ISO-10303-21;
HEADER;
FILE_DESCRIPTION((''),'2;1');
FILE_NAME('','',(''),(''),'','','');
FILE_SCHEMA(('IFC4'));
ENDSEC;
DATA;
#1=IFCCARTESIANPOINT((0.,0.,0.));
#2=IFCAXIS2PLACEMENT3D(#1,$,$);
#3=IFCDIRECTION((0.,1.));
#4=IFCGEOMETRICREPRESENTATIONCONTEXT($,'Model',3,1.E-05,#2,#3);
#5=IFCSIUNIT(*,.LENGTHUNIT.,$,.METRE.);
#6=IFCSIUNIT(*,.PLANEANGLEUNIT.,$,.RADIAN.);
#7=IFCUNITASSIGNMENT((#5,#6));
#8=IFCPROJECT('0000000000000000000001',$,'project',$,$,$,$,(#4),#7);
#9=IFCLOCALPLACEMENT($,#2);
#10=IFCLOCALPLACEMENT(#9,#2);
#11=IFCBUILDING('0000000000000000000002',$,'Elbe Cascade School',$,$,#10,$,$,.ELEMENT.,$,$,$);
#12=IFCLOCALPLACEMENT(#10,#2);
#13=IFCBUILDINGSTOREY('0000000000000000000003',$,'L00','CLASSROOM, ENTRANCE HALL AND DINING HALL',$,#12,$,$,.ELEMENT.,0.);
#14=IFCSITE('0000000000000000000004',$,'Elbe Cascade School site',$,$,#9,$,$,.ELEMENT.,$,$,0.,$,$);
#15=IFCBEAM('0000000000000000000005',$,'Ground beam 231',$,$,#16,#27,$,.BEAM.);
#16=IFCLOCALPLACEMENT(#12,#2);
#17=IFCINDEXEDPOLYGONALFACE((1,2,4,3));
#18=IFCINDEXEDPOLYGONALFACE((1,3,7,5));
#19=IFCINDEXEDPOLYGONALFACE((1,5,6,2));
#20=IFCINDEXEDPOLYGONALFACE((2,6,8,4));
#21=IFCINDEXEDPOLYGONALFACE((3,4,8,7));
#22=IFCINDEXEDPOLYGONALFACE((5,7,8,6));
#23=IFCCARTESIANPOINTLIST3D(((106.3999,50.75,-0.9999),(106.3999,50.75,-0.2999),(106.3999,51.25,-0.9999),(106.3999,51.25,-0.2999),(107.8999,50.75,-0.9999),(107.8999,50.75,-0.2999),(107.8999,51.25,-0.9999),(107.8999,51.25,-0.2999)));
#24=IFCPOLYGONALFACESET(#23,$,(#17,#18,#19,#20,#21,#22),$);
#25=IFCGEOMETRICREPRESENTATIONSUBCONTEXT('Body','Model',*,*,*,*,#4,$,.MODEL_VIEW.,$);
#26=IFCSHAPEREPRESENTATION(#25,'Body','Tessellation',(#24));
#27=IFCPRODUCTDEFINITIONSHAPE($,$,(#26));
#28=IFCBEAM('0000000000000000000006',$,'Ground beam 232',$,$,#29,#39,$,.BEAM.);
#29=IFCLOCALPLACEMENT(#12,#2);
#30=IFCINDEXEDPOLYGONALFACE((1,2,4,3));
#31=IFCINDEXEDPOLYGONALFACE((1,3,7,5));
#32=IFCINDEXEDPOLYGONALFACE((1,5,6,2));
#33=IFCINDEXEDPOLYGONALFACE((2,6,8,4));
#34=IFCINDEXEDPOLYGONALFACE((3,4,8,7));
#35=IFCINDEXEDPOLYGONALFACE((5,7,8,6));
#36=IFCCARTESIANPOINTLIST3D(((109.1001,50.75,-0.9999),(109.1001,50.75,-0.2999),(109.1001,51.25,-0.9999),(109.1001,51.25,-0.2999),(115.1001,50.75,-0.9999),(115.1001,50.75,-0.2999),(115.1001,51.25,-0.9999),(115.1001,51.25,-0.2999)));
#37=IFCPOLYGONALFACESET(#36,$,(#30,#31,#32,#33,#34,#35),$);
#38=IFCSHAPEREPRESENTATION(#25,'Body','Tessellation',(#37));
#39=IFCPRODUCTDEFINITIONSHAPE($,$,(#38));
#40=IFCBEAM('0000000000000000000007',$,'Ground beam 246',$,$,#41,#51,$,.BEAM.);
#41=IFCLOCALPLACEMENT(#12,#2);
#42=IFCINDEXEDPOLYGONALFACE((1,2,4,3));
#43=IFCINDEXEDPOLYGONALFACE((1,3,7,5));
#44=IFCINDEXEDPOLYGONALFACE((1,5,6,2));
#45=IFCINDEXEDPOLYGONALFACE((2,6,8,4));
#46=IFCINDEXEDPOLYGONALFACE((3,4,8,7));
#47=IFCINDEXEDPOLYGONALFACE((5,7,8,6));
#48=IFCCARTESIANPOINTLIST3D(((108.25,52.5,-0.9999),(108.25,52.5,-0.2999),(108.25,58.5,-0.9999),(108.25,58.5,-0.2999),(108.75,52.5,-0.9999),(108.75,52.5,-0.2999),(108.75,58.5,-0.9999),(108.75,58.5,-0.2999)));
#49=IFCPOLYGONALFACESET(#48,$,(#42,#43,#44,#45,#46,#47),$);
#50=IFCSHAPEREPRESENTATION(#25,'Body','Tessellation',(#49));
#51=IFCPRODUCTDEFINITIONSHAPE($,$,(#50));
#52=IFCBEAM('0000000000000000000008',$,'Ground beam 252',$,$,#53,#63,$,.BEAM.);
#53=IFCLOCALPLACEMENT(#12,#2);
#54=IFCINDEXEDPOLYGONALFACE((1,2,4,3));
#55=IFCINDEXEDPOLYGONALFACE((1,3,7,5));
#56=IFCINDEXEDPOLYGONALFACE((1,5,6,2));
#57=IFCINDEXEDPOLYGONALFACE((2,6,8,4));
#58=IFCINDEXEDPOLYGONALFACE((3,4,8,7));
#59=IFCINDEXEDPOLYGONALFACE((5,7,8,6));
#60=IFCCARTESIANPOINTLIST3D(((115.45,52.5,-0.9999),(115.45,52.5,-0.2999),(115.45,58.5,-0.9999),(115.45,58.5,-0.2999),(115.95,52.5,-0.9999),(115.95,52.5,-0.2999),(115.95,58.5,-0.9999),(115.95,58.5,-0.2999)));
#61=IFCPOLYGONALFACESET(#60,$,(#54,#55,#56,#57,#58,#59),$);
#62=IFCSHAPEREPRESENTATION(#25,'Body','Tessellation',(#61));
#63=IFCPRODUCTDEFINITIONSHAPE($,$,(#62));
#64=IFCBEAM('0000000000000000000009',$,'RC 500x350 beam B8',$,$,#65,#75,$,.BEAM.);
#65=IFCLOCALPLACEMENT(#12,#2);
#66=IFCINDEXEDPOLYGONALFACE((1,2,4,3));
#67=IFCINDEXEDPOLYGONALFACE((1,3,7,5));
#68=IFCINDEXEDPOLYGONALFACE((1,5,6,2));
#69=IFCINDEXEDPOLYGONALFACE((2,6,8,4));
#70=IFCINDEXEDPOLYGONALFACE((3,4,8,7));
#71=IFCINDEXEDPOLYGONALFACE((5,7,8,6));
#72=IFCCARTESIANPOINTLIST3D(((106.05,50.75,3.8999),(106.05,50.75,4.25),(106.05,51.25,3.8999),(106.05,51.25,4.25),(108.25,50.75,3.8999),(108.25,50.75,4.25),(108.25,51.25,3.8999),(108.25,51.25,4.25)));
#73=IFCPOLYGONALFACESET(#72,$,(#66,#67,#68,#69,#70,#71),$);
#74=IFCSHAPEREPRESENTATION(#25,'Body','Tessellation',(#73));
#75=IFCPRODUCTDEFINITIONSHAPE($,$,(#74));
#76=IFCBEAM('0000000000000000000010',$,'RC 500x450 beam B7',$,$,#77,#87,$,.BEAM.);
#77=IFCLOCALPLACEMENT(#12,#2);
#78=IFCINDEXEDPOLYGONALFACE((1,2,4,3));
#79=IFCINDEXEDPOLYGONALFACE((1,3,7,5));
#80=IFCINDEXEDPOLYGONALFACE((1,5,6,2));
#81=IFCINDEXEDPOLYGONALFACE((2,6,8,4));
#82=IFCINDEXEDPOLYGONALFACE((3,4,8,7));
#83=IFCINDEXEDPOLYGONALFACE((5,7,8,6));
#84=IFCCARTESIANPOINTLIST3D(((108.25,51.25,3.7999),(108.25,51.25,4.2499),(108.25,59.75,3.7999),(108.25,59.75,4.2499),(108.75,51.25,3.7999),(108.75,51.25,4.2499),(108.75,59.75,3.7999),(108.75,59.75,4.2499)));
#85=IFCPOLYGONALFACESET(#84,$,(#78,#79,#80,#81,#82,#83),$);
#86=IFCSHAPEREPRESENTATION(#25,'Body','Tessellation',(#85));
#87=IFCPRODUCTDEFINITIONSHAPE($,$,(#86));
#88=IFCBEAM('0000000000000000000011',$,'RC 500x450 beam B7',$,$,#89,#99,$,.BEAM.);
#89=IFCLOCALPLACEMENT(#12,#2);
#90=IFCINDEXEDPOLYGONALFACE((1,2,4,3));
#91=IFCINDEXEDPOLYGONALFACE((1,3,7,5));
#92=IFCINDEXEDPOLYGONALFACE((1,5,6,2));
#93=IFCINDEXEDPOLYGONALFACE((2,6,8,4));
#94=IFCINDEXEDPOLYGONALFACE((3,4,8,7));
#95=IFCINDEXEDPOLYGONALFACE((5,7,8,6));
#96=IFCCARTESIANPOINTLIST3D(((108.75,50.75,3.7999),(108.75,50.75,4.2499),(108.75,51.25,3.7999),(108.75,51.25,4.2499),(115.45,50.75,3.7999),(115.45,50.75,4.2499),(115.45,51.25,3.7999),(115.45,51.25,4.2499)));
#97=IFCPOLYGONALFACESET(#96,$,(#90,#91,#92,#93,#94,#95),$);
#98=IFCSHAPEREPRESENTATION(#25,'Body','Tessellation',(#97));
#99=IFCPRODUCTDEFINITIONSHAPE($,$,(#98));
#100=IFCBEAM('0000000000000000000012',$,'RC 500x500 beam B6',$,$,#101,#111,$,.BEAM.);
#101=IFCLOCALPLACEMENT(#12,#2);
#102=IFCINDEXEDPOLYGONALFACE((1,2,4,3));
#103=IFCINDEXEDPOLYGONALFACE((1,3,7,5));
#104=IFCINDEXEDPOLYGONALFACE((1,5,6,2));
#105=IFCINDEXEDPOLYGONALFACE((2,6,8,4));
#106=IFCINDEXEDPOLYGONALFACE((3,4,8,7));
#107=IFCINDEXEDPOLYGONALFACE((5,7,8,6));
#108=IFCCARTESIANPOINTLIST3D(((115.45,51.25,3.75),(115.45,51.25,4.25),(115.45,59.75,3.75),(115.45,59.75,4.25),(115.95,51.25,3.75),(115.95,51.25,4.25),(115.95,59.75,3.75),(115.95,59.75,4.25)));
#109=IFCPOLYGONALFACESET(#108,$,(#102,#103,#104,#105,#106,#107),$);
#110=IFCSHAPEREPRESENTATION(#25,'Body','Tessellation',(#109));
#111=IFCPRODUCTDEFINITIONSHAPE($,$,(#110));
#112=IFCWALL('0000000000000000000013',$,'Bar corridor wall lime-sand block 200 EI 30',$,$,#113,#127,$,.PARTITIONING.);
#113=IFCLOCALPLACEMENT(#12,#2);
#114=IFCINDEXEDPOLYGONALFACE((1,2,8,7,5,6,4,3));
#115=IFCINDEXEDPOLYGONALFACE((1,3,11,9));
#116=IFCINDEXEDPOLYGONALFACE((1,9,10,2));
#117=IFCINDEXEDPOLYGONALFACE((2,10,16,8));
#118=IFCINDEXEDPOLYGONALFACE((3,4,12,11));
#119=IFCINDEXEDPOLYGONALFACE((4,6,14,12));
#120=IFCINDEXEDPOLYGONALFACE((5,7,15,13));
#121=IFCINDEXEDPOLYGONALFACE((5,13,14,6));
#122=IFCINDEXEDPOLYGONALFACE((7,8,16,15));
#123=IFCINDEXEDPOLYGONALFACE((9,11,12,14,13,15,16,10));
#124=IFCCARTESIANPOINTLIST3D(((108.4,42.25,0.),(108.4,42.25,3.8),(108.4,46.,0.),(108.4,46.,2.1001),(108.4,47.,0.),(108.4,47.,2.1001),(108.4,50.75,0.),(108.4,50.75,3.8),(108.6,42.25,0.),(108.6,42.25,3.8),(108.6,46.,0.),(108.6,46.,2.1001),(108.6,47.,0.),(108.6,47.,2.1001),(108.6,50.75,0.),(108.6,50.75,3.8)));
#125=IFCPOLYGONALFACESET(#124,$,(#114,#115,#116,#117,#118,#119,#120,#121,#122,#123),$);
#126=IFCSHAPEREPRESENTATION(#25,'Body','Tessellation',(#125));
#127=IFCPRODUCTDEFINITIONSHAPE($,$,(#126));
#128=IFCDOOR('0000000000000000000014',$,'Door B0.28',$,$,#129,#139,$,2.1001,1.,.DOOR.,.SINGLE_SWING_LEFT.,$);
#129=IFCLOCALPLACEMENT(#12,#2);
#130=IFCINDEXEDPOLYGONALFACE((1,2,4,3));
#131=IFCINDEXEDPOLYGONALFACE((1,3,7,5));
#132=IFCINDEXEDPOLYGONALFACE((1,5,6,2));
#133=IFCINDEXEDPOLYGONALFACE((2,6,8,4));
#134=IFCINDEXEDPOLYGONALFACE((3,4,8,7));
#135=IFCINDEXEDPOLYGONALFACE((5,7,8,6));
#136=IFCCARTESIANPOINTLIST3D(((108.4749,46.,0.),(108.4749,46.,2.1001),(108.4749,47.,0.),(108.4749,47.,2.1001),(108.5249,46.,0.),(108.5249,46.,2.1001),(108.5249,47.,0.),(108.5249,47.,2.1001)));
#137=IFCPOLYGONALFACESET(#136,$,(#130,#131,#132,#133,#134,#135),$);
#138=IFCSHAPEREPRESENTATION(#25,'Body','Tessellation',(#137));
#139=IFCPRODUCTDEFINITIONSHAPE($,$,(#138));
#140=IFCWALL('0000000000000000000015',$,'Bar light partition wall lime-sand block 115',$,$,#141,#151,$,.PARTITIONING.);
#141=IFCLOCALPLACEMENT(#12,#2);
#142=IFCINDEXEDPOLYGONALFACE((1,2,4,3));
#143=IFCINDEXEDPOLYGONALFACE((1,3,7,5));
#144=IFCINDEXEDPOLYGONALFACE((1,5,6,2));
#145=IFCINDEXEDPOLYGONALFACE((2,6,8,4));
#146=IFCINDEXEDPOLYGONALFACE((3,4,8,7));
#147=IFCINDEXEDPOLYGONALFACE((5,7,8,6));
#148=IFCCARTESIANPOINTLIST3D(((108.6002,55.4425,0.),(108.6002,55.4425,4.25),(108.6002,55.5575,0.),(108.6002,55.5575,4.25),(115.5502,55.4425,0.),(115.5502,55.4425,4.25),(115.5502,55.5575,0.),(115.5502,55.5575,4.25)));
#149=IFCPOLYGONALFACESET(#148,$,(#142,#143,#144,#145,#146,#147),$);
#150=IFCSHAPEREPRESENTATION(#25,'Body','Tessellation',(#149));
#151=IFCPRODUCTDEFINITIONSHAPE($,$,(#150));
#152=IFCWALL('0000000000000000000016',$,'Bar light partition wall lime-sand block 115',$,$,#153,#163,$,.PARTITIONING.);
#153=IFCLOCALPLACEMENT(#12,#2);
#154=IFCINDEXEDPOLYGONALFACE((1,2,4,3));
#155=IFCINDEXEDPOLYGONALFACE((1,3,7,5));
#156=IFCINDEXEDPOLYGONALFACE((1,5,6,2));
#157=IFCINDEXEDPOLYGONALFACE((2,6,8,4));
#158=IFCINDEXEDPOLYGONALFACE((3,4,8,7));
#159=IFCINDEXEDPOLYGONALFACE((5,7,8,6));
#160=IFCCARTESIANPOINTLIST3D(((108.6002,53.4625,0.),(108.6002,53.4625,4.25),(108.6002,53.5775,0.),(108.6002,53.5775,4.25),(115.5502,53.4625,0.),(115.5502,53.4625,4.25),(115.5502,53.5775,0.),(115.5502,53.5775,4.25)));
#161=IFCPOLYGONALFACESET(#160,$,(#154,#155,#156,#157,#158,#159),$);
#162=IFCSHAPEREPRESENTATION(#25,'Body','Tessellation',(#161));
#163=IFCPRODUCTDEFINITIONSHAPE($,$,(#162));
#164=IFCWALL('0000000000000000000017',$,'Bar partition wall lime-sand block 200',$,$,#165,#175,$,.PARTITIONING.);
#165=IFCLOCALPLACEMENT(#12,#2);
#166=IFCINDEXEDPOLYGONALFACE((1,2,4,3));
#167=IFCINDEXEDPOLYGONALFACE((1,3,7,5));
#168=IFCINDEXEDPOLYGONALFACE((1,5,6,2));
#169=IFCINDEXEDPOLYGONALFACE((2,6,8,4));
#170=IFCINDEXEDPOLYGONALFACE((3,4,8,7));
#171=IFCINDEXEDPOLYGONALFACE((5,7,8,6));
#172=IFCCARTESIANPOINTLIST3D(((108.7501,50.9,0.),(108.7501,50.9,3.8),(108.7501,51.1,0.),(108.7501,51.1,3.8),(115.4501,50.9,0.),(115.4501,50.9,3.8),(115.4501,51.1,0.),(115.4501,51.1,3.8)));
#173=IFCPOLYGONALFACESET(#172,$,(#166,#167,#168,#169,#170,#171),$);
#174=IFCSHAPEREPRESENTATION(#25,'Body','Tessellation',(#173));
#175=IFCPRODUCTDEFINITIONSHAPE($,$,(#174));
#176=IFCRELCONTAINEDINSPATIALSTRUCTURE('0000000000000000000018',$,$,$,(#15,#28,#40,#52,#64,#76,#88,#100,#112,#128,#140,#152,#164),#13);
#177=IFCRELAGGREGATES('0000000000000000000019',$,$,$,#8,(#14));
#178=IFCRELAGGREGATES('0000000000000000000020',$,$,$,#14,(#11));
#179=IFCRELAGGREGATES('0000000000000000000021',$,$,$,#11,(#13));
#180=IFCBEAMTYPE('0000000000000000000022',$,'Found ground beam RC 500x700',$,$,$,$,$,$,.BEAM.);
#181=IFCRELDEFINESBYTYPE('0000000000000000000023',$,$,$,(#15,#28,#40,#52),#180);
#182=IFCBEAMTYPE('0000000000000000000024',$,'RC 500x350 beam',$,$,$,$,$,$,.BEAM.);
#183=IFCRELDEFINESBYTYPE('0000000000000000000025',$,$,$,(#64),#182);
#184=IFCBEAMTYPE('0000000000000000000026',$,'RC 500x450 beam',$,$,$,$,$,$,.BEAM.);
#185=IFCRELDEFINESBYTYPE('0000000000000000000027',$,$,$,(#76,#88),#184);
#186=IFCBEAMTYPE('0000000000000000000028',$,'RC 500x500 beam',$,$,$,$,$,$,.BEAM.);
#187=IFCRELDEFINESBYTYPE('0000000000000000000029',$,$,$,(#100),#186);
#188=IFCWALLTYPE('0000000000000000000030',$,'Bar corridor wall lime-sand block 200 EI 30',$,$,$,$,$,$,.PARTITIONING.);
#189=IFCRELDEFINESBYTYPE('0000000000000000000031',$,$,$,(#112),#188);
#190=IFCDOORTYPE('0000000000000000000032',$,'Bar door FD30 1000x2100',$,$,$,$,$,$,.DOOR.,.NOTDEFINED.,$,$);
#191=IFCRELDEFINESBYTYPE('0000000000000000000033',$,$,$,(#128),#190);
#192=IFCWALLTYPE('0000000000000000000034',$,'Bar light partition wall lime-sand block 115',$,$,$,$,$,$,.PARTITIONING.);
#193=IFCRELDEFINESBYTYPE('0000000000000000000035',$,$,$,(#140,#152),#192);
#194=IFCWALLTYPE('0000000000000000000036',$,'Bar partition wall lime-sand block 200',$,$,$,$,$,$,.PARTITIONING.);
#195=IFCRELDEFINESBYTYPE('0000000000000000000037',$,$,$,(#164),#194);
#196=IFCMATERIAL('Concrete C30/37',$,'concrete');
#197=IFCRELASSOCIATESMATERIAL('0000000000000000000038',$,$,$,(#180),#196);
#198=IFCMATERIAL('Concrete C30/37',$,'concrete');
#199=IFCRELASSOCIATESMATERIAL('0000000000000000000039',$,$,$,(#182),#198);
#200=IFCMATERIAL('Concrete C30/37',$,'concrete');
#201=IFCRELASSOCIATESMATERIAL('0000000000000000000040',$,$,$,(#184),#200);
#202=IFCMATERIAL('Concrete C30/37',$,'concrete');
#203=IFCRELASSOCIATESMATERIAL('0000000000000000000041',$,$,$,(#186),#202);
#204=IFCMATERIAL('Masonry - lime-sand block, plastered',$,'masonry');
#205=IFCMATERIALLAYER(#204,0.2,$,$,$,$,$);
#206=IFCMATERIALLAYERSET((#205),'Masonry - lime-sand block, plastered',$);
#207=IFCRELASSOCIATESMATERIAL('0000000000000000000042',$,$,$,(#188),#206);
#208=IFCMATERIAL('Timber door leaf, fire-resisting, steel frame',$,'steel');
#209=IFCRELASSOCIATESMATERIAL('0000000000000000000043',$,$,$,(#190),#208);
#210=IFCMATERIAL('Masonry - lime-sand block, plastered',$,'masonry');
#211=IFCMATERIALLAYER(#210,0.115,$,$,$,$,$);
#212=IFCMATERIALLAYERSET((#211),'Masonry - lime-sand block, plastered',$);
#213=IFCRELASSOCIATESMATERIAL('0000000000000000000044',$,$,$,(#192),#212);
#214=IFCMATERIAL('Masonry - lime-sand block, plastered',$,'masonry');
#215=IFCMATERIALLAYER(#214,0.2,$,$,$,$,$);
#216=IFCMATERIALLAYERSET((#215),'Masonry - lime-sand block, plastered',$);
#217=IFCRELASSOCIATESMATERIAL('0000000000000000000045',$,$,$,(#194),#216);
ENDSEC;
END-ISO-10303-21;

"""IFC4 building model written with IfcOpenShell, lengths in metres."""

from ifc_helpers import new_model, si_unit, direction, frame, frame_2d, origin, origin_2d, place, context, subcontext, project, spatial, rectangle, extrude, material, layer, layer_set, material_profile, profile_set, type_object, element, fill, save


model = new_model("IFC4")

# Units and contexts
model_context = context("Model", 3, precision=1e-05, world=origin(), true_north=direction((0.0, 1.0)))
body_context = subcontext(model_context, "Body", "Model", "MODEL_VIEW")
ifc_project = project(units=[si_unit("LENGTHUNIT", "METRE"), si_unit("PLANEANGLEUNIT", "RADIAN")], contexts=[model_context])

# Site, building, storey
site_placement = place(None, origin())
site = spatial("IfcSite", under=ifc_project, at=site_placement, Name="Elbe Cascade School site", CompositionType="ELEMENT", RefElevation=0.0)
building_placement = place(site_placement, origin())
building = spatial("IfcBuilding", under=site, at=building_placement, Name="Elbe Cascade School", CompositionType="ELEMENT")
storey_placement = place(building_placement, origin())
storey = spatial("IfcBuildingStorey", under=building, at=storey_placement, Name="L00", Description="CLASSROOM, ENTRANCE HALL AND DINING HALL", CompositionType="ELEMENT", Elevation=0.0)

# Beams
ifc_material_1 = material(Name="Concrete C30/37", Category="concrete")
ifc_material_profile_1 = material_profile(ifc_material_1, rectangle(XDim=0.5, YDim=0.7, at=origin_2d()), Name="RC 500x700")
ifc_profile_set_1 = profile_set([ifc_material_profile_1], Name="Concrete C30/37")
beam_type_1 = type_object("IfcBeamType", Name="Found ground beam RC 500x700", PredefinedType="BEAM", material=ifc_profile_set_1)
beam_1_placement = place(storey_placement, frame((106.3999, 51.0, -0.6499), z_axis=(1.0, 0.0, 0.0), x_axis=(0.0, 1.0, 0.0)))
element("IfcBeam", 1, at=beam_1_placement, inside=storey, type_object=beam_type_1, Name="Ground beam 231", PredefinedType="BEAM", context=body_context, shape_type="SweptSolid", body=[
    extrude(rectangle(XDim=0.5, YDim=0.7, at=origin_2d()), origin(), (0.0, 0.0, 1.0), 1.5),
])
for number, where, z_axis, x_axis, name in (
    (2, (109.1001, 51.0, -0.6499), (1.0, 0.0, 0.0), (0.0, 1.0, 0.0), "Ground beam 232"),
    (3, (108.5, 52.5, -0.6499), (0.0, 1.0, 0.0), (-1.0, 0.0, 0.0), "Ground beam 246"),
    (4, (115.7, 52.5, -0.6499), (0.0, 1.0, 0.0), (-1.0, 0.0, 0.0), "Ground beam 252"),
):
    element("IfcBeam", number, at=place(storey_placement, frame(where, z_axis=z_axis, x_axis=x_axis)), inside=storey, type_object=beam_type_1, Name=name, PredefinedType="BEAM", context=body_context, shape_type="SweptSolid", body=[
        extrude(rectangle(XDim=0.5, YDim=0.7, at=origin_2d()), origin(), (0.0, 0.0, 1.0), 6.0),
    ])
ifc_material_2 = material(Name="Concrete C30/37", Category="concrete")
ifc_material_profile_2 = material_profile(ifc_material_2, rectangle(XDim=0.5, YDim=0.3501, at=origin_2d()), Name="RC 500x350")
ifc_profile_set_2 = profile_set([ifc_material_profile_2], Name="Concrete C30/37")
beam_type_2 = type_object("IfcBeamType", Name="RC 500x350 beam", PredefinedType="BEAM", material=ifc_profile_set_2)
beam_2_placement = place(storey_placement, frame((106.05, 51.0, 4.075), z_axis=(1.0, 0.0, 0.0), x_axis=(0.0, 1.0, 0.0)))
element("IfcBeam", 5, at=beam_2_placement, inside=storey, type_object=beam_type_2, Name="RC 500x350 beam B8", PredefinedType="BEAM", context=body_context, shape_type="SweptSolid", body=[
    extrude(rectangle(XDim=0.5, YDim=0.3501, at=origin_2d()), origin(), (0.0, 0.0, 1.0), 2.2),
])
ifc_material_3 = material(Name="Concrete C30/37", Category="concrete")
ifc_material_profile_3 = material_profile(ifc_material_3, rectangle(XDim=0.5, YDim=0.45, at=origin_2d()), Name="RC 500x450")
ifc_profile_set_3 = profile_set([ifc_material_profile_3], Name="Concrete C30/37")
beam_type_3 = type_object("IfcBeamType", Name="RC 500x450 beam", PredefinedType="BEAM", material=ifc_profile_set_3)
beam_3_placement = place(storey_placement, frame((108.5, 51.25, 4.0249), z_axis=(0.0, 1.0, 0.0), x_axis=(-1.0, 0.0, 0.0)))
element("IfcBeam", 6, at=beam_3_placement, inside=storey, type_object=beam_type_3, Name="RC 500x450 beam B7", PredefinedType="BEAM", context=body_context, shape_type="SweptSolid", body=[
    extrude(rectangle(XDim=0.5, YDim=0.45, at=origin_2d()), origin(), (0.0, 0.0, 1.0), 8.5),
])
beam_4_placement = place(storey_placement, frame((108.75, 51.0, 4.0249), z_axis=(1.0, 0.0, 0.0), x_axis=(0.0, 1.0, 0.0)))
element("IfcBeam", 7, at=beam_4_placement, inside=storey, type_object=beam_type_3, Name="RC 500x450 beam B7", PredefinedType="BEAM", context=body_context, shape_type="SweptSolid", body=[
    extrude(rectangle(XDim=0.5, YDim=0.45, at=origin_2d()), origin(), (0.0, 0.0, 1.0), 6.7),
])
ifc_material_4 = material(Name="Concrete C30/37", Category="concrete")
ifc_material_profile_4 = material_profile(ifc_material_4, rectangle(XDim=0.5, YDim=0.5, at=origin_2d()), Name="RC 500x500")
ifc_profile_set_4 = profile_set([ifc_material_profile_4], Name="Concrete C30/37")
beam_type_4 = type_object("IfcBeamType", Name="RC 500x500 beam", PredefinedType="BEAM", material=ifc_profile_set_4)
beam_5_placement = place(storey_placement, frame((115.7, 51.25, 4.0), z_axis=(0.0, 1.0, 0.0), x_axis=(-1.0, 0.0, 0.0)))
element("IfcBeam", 8, at=beam_5_placement, inside=storey, type_object=beam_type_4, Name="RC 500x500 beam B6", PredefinedType="BEAM", context=body_context, shape_type="SweptSolid", body=[
    extrude(rectangle(XDim=0.5, YDim=0.5, at=origin_2d()), origin(), (0.0, 0.0, 1.0), 8.5),
])

# Wall, opening, door
ifc_material_5 = material(Name="Masonry - lime-sand block, plastered", Category="masonry")
ifc_layer_1 = layer(ifc_material_5, 0.2)
ifc_layer_set_1 = layer_set([ifc_layer_1], Name="Masonry - lime-sand block, plastered")
wall_type_1 = type_object("IfcWallType", Name="Bar corridor wall lime-sand block 200 EI 30", PredefinedType="PARTITIONING", material=ifc_layer_set_1)
wall_1_placement = place(storey_placement, frame((108.5, 50.75, 0.0), z_axis=(0.0, 0.0, 1.0), x_axis=(0.0, -1.0, 0.0)))
wall_1 = element("IfcWall", 9, at=wall_1_placement, inside=storey, type_object=wall_type_1, Name="Bar corridor wall lime-sand block 200 EI 30", PredefinedType="PARTITIONING", context=body_context, shape_type="SweptSolid", body=[
    extrude(rectangle(XDim=8.5, YDim=0.2, at=frame_2d((4.25, 0.0))), origin(), (0.0, 0.0, 1.0), 3.8),
])
opening_1_placement = place(wall_1_placement, frame((3.75, 0.0, 0.0)))
opening_1 = element("IfcOpeningElement", 10, at=opening_1_placement, cuts=wall_1, PredefinedType="OPENING", context=body_context, shape_type="SweptSolid", body=[
    extrude(rectangle(XDim=1.0, YDim=2.1001, at=frame_2d((0.5, 1.05))), frame((0.0, 0.1099, 0.0), z_axis=(0.0, -1.0, 0.0), x_axis=(1.0, 0.0, 0.0)), (0.0, 0.0, 1.0), 0.22),
])
ifc_material_6 = material(Name="Timber door leaf, fire-resisting, steel frame", Category="steel")
door_type = type_object("IfcDoorType", Name="Bar door FD30 1000x2100", OperationType="NOTDEFINED", PredefinedType="DOOR", material=ifc_material_6)
door_placement = place(opening_1_placement, origin())
door = element("IfcDoor", 11, at=door_placement, inside=storey, type_object=door_type, Name="Door B0.28", OperationType="SINGLE_SWING_LEFT", OverallHeight=2.1001, OverallWidth=1.0, PredefinedType="DOOR", context=body_context, shape_type="SweptSolid", body=[
    extrude(rectangle(XDim=1.0, YDim=2.1001, at=frame_2d((0.5, 1.05))), frame((0.0, 0.0249, 0.0), z_axis=(0.0, -1.0, 0.0), x_axis=(1.0, 0.0, 0.0)), (0.0, 0.0, 1.0), 0.05),
])
fill(opening_1, door)

# Walls
ifc_material_7 = material(Name="Masonry - lime-sand block, plastered", Category="masonry")
ifc_layer_2 = layer(ifc_material_7, 0.115)
ifc_layer_set_2 = layer_set([ifc_layer_2], Name="Masonry - lime-sand block, plastered")
wall_type_2 = type_object("IfcWallType", Name="Bar light partition wall lime-sand block 115", PredefinedType="PARTITIONING", material=ifc_layer_set_2)
for number, where, z_axis, x_axis, name in (
    (12, (108.6001, 55.5, 0.0), (0.0, 0.0, 1.0), (1.0, 0.0, 0.0), "Bar light partition wall lime-sand block 115"),
    (13, (108.6001, 53.52, 0.0), (0.0, 0.0, 1.0), (1.0, 0.0, 0.0), "Bar light partition wall lime-sand block 115"),
):
    element("IfcWall", number, at=place(storey_placement, frame(where, z_axis=z_axis, x_axis=x_axis)), inside=storey, type_object=wall_type_2, Name=name, PredefinedType="PARTITIONING", context=body_context, shape_type="SweptSolid", body=[
        extrude(rectangle(XDim=6.95, YDim=0.115, at=frame_2d((3.4751, 0.0))), origin(), (0.0, 0.0, 1.0), 4.25),
    ])
ifc_material_8 = material(Name="Masonry - lime-sand block, plastered", Category="masonry")
ifc_layer_3 = layer(ifc_material_8, 0.2)
ifc_layer_set_3 = layer_set([ifc_layer_3], Name="Masonry - lime-sand block, plastered")
wall_type_3 = type_object("IfcWallType", Name="Bar partition wall lime-sand block 200", PredefinedType="PARTITIONING", material=ifc_layer_set_3)
wall_2_placement = place(storey_placement, frame((108.75, 51.0, 0.0), z_axis=(0.0, 0.0, 1.0), x_axis=(1.0, 0.0, 0.0)))
element("IfcWall", 14, at=wall_2_placement, inside=storey, type_object=wall_type_3, Name="Bar partition wall lime-sand block 200", PredefinedType="PARTITIONING", context=body_context, shape_type="SweptSolid", body=[
    extrude(rectangle(XDim=6.7, YDim=0.2, at=frame_2d((3.3501, 0.0))), origin(), (0.0, 0.0, 1.0), 3.8),
])

save(model, "model.ifc")
